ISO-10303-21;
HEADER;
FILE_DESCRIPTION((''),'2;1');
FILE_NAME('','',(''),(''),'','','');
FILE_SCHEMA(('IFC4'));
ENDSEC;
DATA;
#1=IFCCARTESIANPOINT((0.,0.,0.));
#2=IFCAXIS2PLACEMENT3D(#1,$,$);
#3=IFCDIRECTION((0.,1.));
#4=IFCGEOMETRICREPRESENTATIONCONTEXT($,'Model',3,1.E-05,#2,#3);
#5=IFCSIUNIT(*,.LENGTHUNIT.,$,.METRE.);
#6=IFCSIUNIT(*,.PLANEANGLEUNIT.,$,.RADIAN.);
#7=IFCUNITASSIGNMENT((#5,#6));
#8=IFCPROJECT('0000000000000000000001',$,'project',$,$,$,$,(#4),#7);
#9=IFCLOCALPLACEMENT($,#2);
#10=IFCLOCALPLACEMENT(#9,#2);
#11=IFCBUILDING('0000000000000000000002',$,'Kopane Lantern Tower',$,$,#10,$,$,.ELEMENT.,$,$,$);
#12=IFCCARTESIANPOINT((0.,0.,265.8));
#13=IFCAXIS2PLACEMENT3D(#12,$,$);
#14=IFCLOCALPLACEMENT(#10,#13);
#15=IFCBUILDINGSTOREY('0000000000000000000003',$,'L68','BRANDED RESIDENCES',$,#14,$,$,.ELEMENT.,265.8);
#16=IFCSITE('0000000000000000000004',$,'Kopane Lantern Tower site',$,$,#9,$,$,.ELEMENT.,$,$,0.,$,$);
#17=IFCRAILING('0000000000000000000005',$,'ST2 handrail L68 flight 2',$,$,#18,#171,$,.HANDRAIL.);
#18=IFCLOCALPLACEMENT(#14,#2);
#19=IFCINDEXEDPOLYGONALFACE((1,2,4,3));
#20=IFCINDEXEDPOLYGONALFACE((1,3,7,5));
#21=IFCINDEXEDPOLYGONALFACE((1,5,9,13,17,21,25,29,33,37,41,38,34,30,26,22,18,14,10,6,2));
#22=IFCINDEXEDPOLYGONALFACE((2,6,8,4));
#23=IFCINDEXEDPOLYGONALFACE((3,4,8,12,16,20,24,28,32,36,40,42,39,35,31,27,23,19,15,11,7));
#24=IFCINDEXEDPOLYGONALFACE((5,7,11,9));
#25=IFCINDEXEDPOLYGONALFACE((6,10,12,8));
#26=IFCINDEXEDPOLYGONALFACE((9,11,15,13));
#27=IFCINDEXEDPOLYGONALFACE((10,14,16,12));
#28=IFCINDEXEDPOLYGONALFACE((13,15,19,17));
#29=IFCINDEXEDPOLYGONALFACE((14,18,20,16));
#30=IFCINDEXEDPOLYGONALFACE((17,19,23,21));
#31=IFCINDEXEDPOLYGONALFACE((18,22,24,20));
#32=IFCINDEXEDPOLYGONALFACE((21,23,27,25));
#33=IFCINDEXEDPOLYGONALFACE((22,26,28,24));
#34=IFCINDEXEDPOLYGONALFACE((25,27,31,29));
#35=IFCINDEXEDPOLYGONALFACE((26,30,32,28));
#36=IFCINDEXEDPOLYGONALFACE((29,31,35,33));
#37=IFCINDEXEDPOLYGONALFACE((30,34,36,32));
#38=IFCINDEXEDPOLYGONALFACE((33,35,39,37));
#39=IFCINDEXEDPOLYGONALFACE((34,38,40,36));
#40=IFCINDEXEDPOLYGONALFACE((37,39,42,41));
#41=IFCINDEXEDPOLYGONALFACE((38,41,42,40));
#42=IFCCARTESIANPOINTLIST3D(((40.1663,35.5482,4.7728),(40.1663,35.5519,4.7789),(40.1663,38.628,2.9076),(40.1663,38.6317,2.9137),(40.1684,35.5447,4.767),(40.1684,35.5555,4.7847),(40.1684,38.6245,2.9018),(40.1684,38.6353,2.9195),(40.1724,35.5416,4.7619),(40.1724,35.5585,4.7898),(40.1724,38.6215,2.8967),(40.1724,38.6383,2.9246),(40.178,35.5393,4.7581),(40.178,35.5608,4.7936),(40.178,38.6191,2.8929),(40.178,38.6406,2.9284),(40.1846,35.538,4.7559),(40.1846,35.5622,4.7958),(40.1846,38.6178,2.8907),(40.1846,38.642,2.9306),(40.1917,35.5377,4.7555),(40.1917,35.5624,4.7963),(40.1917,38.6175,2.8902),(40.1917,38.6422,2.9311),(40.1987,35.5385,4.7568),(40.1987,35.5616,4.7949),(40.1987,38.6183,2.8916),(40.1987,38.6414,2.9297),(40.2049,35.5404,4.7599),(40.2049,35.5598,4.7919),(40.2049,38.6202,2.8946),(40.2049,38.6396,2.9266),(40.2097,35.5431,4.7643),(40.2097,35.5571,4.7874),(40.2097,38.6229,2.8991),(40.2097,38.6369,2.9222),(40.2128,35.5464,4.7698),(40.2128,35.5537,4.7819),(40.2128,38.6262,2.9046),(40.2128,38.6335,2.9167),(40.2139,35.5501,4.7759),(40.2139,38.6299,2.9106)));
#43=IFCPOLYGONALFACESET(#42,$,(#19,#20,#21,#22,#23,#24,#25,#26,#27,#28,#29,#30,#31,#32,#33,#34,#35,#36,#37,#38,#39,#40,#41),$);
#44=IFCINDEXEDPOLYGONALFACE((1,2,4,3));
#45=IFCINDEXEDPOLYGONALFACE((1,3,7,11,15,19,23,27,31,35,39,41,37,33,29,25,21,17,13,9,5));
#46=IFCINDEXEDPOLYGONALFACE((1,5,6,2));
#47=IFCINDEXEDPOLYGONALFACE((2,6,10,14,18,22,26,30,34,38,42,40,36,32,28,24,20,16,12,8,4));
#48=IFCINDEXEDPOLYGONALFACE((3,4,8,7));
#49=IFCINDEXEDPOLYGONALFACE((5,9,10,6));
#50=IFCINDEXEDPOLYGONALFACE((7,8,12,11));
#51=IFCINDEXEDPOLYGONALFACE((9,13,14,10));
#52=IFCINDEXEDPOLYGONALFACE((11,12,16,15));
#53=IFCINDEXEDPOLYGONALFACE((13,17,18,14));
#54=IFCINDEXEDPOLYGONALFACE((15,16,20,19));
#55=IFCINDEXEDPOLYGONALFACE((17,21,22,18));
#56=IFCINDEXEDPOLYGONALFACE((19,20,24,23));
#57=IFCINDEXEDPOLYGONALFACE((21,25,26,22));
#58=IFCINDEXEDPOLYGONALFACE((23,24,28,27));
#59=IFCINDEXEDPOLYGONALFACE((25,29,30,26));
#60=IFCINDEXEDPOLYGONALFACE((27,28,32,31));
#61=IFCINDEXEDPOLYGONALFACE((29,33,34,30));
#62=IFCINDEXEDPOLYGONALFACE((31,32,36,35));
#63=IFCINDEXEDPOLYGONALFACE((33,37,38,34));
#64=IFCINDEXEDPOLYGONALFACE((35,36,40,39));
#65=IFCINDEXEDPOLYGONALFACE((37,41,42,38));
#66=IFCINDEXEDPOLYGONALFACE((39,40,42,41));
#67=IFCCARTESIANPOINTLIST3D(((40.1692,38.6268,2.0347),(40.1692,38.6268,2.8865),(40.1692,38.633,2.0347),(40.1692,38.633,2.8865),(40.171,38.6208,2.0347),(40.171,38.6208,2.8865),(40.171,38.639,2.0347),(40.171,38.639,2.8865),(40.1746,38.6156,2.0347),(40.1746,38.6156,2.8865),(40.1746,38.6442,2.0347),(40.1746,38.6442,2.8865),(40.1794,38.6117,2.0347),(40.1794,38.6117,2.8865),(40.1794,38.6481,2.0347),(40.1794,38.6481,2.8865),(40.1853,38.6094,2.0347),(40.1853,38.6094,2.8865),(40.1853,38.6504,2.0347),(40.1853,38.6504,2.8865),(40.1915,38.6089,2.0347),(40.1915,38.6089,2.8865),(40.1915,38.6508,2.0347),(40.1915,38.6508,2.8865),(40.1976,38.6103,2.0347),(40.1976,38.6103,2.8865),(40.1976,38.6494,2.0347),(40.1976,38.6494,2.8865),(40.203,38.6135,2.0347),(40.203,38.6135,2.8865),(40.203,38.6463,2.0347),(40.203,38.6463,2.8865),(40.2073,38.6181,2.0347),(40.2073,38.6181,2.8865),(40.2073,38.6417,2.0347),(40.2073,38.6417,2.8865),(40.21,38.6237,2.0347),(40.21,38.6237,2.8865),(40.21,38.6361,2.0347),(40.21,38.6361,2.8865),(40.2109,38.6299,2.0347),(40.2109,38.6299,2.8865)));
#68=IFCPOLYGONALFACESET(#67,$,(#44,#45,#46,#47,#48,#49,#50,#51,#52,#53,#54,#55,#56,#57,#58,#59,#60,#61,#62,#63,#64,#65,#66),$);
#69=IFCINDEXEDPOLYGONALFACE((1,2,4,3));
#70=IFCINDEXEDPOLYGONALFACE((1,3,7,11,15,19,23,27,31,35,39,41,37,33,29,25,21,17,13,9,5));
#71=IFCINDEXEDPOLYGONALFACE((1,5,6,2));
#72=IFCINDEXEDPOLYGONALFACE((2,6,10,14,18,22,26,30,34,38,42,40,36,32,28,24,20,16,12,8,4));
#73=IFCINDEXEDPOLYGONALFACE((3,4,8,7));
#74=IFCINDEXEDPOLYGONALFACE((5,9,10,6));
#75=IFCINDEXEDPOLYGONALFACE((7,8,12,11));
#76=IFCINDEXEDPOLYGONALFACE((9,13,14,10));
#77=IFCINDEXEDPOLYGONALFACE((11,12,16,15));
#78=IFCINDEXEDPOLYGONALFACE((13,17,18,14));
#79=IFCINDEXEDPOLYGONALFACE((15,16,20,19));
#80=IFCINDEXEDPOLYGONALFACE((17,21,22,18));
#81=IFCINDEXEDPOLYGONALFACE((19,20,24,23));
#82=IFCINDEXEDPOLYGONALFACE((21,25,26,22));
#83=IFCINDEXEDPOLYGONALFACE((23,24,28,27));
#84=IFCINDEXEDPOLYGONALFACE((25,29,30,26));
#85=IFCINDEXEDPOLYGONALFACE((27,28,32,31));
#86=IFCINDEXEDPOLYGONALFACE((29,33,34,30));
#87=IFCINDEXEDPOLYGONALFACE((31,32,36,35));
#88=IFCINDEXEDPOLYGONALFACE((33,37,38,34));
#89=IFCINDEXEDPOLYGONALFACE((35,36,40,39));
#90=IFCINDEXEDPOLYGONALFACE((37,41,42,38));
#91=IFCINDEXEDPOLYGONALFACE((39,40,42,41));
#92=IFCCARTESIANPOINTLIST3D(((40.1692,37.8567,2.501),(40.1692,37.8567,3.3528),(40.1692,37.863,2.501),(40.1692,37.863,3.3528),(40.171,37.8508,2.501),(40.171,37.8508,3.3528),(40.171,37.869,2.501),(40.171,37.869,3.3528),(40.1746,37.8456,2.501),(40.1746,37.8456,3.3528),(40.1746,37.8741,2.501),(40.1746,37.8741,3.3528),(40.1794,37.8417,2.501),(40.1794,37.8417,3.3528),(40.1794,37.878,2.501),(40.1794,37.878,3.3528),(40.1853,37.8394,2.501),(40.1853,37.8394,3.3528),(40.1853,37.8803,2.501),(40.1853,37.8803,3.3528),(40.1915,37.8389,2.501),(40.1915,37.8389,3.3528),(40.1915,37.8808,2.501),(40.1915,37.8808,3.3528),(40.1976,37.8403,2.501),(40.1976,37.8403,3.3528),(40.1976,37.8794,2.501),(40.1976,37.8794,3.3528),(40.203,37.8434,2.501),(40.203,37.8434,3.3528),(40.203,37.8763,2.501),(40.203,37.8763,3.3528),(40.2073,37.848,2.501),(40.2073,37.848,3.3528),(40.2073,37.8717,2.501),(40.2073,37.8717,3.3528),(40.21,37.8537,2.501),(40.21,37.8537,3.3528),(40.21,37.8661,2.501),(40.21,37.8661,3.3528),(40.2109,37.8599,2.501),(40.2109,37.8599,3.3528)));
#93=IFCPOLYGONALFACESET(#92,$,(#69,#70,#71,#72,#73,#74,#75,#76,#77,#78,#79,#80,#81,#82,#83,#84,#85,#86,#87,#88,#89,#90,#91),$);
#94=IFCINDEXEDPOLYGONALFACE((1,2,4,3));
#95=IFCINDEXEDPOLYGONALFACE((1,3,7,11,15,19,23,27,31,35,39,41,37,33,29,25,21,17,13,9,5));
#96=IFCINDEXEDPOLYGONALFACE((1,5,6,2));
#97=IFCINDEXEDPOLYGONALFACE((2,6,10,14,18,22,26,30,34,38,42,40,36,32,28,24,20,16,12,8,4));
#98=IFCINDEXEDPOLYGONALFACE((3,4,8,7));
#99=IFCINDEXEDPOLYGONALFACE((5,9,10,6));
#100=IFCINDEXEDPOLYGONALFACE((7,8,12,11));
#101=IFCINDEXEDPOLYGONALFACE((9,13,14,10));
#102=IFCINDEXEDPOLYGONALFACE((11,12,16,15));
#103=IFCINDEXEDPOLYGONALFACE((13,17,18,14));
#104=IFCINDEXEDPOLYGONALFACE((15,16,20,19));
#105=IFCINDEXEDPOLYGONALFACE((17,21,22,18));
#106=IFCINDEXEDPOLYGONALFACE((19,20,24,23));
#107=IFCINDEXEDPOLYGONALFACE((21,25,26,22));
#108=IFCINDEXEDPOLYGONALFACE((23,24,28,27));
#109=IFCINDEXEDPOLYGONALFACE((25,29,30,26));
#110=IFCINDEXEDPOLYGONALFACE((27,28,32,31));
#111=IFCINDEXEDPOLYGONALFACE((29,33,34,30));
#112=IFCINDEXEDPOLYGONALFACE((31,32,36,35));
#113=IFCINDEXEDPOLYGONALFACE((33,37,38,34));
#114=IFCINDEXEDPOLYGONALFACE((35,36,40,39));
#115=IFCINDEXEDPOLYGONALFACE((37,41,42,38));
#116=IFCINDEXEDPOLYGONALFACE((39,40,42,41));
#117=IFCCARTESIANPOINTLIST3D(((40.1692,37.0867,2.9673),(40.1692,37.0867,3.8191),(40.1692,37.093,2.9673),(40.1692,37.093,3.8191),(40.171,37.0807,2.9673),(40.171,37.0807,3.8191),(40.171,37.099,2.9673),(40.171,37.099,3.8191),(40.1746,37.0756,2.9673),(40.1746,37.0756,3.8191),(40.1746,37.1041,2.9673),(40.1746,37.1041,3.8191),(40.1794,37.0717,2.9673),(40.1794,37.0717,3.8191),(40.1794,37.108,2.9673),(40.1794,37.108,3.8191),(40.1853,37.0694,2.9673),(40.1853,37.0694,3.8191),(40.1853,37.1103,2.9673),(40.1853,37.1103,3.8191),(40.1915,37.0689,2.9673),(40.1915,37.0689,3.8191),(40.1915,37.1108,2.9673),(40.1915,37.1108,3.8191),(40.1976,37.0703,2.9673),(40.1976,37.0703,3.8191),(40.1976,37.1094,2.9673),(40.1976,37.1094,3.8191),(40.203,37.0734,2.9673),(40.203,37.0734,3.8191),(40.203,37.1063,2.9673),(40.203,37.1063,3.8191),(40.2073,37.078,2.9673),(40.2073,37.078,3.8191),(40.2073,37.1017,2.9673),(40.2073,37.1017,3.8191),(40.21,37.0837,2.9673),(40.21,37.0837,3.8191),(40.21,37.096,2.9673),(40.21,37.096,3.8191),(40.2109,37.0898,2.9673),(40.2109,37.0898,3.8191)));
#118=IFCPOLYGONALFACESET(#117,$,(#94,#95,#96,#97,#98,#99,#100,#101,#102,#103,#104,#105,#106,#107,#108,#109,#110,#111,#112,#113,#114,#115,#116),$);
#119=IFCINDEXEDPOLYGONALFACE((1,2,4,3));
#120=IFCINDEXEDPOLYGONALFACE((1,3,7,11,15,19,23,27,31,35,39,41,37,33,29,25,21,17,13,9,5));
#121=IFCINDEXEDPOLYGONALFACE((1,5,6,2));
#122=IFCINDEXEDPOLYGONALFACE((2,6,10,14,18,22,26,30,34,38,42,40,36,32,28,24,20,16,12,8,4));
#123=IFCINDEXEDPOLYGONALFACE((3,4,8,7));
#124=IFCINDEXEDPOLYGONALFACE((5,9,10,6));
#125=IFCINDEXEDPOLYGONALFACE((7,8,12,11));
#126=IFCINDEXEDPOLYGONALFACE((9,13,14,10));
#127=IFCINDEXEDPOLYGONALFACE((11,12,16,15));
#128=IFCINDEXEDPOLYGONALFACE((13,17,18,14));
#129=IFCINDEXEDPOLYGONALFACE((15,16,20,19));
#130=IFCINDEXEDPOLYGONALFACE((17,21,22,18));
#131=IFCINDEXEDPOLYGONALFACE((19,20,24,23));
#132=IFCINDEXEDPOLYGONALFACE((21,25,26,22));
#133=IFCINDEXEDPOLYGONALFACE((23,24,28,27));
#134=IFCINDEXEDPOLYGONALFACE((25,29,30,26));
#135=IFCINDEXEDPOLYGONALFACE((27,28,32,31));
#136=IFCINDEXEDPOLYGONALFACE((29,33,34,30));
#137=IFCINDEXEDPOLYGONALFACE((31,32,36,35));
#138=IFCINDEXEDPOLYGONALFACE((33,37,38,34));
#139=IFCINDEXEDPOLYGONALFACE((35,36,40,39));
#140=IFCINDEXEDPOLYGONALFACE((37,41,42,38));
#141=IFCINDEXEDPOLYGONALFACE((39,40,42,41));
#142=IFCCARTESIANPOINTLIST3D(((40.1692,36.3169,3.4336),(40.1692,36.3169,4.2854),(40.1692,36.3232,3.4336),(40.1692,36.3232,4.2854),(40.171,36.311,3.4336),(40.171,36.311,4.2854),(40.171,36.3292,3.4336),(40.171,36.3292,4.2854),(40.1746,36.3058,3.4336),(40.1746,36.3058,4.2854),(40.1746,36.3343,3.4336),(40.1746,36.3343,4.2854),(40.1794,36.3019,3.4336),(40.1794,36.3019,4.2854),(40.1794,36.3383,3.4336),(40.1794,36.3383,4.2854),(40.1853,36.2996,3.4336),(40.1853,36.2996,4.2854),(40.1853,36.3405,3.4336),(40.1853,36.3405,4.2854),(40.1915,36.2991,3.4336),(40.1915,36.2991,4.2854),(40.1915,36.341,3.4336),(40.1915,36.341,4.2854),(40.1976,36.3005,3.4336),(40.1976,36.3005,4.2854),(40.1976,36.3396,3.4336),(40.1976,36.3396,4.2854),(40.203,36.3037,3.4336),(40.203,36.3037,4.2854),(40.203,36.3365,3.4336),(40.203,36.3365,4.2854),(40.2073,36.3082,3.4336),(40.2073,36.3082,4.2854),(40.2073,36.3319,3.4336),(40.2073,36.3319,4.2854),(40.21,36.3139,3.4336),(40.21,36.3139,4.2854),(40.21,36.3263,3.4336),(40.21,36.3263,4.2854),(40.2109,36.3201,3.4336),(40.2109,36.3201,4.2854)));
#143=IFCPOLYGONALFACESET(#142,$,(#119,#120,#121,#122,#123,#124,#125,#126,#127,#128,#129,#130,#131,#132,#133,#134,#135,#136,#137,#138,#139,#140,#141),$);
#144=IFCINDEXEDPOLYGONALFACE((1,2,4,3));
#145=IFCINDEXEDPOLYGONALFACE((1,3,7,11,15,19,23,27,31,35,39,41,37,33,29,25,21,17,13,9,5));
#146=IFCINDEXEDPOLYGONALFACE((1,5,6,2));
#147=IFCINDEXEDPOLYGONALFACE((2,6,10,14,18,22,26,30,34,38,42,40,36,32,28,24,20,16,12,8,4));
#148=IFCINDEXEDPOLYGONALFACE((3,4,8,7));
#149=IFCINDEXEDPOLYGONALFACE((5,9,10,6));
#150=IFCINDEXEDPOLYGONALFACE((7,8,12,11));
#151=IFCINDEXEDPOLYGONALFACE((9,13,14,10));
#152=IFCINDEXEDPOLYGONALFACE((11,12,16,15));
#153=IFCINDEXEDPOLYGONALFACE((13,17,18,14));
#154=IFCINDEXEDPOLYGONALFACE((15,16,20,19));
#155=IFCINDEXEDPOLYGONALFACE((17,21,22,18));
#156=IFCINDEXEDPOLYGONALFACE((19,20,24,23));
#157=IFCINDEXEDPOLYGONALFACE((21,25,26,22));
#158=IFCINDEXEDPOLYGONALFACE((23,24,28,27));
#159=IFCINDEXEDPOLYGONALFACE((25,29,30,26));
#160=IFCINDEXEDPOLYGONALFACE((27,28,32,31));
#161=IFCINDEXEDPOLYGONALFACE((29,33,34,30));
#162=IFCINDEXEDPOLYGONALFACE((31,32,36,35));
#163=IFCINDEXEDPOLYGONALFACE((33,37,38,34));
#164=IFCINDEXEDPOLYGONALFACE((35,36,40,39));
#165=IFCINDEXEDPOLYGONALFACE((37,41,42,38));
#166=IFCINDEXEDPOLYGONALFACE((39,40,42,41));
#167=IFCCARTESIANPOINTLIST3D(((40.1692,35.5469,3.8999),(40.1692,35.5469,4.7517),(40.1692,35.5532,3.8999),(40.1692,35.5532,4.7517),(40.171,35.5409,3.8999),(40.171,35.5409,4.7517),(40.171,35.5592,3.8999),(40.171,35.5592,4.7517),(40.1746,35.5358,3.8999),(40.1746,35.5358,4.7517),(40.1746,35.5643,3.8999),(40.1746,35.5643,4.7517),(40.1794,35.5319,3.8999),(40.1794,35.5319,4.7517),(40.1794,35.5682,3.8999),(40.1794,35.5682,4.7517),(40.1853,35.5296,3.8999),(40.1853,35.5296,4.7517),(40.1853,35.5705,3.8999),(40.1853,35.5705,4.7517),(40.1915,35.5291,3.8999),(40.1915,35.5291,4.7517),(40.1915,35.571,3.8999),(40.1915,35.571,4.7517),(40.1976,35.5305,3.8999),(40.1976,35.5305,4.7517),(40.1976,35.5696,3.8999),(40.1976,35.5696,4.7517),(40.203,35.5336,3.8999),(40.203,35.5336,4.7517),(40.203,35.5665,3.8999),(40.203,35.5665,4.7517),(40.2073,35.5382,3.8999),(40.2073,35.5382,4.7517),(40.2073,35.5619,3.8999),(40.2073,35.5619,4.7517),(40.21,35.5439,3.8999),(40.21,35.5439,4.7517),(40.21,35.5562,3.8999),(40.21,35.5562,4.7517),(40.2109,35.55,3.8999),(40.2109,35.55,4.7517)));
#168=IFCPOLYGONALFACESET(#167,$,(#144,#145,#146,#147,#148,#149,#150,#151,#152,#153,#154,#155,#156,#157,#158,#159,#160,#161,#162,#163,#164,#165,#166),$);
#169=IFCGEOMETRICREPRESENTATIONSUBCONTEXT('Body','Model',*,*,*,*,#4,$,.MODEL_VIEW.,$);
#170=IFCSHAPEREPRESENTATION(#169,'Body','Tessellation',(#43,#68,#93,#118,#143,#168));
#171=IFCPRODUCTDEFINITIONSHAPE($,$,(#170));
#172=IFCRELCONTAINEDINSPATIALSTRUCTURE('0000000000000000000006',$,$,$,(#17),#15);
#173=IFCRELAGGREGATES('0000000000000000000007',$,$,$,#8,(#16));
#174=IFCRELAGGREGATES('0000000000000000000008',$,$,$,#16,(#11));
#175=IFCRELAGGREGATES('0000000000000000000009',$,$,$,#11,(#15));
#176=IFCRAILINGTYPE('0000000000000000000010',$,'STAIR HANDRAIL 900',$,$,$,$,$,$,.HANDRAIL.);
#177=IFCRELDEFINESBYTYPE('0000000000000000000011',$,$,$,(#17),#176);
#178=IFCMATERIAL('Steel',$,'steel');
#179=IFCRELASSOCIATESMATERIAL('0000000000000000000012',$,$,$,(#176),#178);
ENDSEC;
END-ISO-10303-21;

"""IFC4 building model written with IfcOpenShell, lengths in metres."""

from ifc_helpers import new_model, si_unit, direction, frame, origin, origin_2d, place, context, subcontext, project, spatial, circle, extrude, material, type_object, element, save


model = new_model("IFC4")

# Units and contexts
model_context = context("Model", 3, precision=1e-05, world=origin(), true_north=direction((0.0, 1.0)))
body_context = subcontext(model_context, "Body", "Model", "MODEL_VIEW")
ifc_project = project(units=[si_unit("LENGTHUNIT", "METRE"), si_unit("PLANEANGLEUNIT", "RADIAN")], contexts=[model_context])

# Site, building, storey
site_placement = place(None, origin())
site = spatial("IfcSite", under=ifc_project, at=site_placement, Name="Kopane Lantern Tower site", CompositionType="ELEMENT", RefElevation=0.0)
building_placement = place(site_placement, origin())
building = spatial("IfcBuilding", under=site, at=building_placement, Name="Kopane Lantern Tower", CompositionType="ELEMENT")
storey_placement = place(building_placement, frame((0.0, 0.0, 265.8)))
storey = spatial("IfcBuildingStorey", under=building, at=storey_placement, Name="L68", Description="BRANDED RESIDENCES", CompositionType="ELEMENT", Elevation=265.8)

# Railing
ifc_material_1 = material(Name="Steel", Category="steel")
railing_type = type_object("IfcRailingType", Name="STAIR HANDRAIL 900", PredefinedType="HANDRAIL", material=ifc_material_1)
for number, where, name in (
    (1, (40.1899, 38.6299, 2.0347), "ST2 handrail L68 flight 2"),
):
    element("IfcRailing", number, at=place(storey_placement, frame(where)), inside=storey, type_object=railing_type, Name=name, PredefinedType="HANDRAIL", context=body_context, shape_type="SweptSolid", body=[
        extrude(circle(Radius=0.0239, at=origin_2d()), frame((0.0, 0.0, 0.876), z_axis=(0.0, -0.855362, 0.518031), x_axis=(1.0, 0.0, 0.0)), (0.0, 0.0, 1.0), 3.6006),
        extrude(circle(Radius=0.021, at=origin_2d()), origin(), (0.0, 0.0, 1.0), 0.8518),
        extrude(circle(Radius=0.021, at=origin_2d()), frame((0.0, -0.77, 0.4663)), (0.0, 0.0, 1.0), 0.8518),
        extrude(circle(Radius=0.021, at=origin_2d()), frame((0.0, -1.54, 0.9326)), (0.0, 0.0, 1.0), 0.8518),
        extrude(circle(Radius=0.021, at=origin_2d()), frame((0.0, -2.3098, 1.3989)), (0.0, 0.0, 1.0), 0.8518),
        extrude(circle(Radius=0.021, at=origin_2d()), frame((0.0, -3.0798, 1.8652)), (0.0, 0.0, 1.0), 0.8518),
    ])

save(model, "model.ifc")
